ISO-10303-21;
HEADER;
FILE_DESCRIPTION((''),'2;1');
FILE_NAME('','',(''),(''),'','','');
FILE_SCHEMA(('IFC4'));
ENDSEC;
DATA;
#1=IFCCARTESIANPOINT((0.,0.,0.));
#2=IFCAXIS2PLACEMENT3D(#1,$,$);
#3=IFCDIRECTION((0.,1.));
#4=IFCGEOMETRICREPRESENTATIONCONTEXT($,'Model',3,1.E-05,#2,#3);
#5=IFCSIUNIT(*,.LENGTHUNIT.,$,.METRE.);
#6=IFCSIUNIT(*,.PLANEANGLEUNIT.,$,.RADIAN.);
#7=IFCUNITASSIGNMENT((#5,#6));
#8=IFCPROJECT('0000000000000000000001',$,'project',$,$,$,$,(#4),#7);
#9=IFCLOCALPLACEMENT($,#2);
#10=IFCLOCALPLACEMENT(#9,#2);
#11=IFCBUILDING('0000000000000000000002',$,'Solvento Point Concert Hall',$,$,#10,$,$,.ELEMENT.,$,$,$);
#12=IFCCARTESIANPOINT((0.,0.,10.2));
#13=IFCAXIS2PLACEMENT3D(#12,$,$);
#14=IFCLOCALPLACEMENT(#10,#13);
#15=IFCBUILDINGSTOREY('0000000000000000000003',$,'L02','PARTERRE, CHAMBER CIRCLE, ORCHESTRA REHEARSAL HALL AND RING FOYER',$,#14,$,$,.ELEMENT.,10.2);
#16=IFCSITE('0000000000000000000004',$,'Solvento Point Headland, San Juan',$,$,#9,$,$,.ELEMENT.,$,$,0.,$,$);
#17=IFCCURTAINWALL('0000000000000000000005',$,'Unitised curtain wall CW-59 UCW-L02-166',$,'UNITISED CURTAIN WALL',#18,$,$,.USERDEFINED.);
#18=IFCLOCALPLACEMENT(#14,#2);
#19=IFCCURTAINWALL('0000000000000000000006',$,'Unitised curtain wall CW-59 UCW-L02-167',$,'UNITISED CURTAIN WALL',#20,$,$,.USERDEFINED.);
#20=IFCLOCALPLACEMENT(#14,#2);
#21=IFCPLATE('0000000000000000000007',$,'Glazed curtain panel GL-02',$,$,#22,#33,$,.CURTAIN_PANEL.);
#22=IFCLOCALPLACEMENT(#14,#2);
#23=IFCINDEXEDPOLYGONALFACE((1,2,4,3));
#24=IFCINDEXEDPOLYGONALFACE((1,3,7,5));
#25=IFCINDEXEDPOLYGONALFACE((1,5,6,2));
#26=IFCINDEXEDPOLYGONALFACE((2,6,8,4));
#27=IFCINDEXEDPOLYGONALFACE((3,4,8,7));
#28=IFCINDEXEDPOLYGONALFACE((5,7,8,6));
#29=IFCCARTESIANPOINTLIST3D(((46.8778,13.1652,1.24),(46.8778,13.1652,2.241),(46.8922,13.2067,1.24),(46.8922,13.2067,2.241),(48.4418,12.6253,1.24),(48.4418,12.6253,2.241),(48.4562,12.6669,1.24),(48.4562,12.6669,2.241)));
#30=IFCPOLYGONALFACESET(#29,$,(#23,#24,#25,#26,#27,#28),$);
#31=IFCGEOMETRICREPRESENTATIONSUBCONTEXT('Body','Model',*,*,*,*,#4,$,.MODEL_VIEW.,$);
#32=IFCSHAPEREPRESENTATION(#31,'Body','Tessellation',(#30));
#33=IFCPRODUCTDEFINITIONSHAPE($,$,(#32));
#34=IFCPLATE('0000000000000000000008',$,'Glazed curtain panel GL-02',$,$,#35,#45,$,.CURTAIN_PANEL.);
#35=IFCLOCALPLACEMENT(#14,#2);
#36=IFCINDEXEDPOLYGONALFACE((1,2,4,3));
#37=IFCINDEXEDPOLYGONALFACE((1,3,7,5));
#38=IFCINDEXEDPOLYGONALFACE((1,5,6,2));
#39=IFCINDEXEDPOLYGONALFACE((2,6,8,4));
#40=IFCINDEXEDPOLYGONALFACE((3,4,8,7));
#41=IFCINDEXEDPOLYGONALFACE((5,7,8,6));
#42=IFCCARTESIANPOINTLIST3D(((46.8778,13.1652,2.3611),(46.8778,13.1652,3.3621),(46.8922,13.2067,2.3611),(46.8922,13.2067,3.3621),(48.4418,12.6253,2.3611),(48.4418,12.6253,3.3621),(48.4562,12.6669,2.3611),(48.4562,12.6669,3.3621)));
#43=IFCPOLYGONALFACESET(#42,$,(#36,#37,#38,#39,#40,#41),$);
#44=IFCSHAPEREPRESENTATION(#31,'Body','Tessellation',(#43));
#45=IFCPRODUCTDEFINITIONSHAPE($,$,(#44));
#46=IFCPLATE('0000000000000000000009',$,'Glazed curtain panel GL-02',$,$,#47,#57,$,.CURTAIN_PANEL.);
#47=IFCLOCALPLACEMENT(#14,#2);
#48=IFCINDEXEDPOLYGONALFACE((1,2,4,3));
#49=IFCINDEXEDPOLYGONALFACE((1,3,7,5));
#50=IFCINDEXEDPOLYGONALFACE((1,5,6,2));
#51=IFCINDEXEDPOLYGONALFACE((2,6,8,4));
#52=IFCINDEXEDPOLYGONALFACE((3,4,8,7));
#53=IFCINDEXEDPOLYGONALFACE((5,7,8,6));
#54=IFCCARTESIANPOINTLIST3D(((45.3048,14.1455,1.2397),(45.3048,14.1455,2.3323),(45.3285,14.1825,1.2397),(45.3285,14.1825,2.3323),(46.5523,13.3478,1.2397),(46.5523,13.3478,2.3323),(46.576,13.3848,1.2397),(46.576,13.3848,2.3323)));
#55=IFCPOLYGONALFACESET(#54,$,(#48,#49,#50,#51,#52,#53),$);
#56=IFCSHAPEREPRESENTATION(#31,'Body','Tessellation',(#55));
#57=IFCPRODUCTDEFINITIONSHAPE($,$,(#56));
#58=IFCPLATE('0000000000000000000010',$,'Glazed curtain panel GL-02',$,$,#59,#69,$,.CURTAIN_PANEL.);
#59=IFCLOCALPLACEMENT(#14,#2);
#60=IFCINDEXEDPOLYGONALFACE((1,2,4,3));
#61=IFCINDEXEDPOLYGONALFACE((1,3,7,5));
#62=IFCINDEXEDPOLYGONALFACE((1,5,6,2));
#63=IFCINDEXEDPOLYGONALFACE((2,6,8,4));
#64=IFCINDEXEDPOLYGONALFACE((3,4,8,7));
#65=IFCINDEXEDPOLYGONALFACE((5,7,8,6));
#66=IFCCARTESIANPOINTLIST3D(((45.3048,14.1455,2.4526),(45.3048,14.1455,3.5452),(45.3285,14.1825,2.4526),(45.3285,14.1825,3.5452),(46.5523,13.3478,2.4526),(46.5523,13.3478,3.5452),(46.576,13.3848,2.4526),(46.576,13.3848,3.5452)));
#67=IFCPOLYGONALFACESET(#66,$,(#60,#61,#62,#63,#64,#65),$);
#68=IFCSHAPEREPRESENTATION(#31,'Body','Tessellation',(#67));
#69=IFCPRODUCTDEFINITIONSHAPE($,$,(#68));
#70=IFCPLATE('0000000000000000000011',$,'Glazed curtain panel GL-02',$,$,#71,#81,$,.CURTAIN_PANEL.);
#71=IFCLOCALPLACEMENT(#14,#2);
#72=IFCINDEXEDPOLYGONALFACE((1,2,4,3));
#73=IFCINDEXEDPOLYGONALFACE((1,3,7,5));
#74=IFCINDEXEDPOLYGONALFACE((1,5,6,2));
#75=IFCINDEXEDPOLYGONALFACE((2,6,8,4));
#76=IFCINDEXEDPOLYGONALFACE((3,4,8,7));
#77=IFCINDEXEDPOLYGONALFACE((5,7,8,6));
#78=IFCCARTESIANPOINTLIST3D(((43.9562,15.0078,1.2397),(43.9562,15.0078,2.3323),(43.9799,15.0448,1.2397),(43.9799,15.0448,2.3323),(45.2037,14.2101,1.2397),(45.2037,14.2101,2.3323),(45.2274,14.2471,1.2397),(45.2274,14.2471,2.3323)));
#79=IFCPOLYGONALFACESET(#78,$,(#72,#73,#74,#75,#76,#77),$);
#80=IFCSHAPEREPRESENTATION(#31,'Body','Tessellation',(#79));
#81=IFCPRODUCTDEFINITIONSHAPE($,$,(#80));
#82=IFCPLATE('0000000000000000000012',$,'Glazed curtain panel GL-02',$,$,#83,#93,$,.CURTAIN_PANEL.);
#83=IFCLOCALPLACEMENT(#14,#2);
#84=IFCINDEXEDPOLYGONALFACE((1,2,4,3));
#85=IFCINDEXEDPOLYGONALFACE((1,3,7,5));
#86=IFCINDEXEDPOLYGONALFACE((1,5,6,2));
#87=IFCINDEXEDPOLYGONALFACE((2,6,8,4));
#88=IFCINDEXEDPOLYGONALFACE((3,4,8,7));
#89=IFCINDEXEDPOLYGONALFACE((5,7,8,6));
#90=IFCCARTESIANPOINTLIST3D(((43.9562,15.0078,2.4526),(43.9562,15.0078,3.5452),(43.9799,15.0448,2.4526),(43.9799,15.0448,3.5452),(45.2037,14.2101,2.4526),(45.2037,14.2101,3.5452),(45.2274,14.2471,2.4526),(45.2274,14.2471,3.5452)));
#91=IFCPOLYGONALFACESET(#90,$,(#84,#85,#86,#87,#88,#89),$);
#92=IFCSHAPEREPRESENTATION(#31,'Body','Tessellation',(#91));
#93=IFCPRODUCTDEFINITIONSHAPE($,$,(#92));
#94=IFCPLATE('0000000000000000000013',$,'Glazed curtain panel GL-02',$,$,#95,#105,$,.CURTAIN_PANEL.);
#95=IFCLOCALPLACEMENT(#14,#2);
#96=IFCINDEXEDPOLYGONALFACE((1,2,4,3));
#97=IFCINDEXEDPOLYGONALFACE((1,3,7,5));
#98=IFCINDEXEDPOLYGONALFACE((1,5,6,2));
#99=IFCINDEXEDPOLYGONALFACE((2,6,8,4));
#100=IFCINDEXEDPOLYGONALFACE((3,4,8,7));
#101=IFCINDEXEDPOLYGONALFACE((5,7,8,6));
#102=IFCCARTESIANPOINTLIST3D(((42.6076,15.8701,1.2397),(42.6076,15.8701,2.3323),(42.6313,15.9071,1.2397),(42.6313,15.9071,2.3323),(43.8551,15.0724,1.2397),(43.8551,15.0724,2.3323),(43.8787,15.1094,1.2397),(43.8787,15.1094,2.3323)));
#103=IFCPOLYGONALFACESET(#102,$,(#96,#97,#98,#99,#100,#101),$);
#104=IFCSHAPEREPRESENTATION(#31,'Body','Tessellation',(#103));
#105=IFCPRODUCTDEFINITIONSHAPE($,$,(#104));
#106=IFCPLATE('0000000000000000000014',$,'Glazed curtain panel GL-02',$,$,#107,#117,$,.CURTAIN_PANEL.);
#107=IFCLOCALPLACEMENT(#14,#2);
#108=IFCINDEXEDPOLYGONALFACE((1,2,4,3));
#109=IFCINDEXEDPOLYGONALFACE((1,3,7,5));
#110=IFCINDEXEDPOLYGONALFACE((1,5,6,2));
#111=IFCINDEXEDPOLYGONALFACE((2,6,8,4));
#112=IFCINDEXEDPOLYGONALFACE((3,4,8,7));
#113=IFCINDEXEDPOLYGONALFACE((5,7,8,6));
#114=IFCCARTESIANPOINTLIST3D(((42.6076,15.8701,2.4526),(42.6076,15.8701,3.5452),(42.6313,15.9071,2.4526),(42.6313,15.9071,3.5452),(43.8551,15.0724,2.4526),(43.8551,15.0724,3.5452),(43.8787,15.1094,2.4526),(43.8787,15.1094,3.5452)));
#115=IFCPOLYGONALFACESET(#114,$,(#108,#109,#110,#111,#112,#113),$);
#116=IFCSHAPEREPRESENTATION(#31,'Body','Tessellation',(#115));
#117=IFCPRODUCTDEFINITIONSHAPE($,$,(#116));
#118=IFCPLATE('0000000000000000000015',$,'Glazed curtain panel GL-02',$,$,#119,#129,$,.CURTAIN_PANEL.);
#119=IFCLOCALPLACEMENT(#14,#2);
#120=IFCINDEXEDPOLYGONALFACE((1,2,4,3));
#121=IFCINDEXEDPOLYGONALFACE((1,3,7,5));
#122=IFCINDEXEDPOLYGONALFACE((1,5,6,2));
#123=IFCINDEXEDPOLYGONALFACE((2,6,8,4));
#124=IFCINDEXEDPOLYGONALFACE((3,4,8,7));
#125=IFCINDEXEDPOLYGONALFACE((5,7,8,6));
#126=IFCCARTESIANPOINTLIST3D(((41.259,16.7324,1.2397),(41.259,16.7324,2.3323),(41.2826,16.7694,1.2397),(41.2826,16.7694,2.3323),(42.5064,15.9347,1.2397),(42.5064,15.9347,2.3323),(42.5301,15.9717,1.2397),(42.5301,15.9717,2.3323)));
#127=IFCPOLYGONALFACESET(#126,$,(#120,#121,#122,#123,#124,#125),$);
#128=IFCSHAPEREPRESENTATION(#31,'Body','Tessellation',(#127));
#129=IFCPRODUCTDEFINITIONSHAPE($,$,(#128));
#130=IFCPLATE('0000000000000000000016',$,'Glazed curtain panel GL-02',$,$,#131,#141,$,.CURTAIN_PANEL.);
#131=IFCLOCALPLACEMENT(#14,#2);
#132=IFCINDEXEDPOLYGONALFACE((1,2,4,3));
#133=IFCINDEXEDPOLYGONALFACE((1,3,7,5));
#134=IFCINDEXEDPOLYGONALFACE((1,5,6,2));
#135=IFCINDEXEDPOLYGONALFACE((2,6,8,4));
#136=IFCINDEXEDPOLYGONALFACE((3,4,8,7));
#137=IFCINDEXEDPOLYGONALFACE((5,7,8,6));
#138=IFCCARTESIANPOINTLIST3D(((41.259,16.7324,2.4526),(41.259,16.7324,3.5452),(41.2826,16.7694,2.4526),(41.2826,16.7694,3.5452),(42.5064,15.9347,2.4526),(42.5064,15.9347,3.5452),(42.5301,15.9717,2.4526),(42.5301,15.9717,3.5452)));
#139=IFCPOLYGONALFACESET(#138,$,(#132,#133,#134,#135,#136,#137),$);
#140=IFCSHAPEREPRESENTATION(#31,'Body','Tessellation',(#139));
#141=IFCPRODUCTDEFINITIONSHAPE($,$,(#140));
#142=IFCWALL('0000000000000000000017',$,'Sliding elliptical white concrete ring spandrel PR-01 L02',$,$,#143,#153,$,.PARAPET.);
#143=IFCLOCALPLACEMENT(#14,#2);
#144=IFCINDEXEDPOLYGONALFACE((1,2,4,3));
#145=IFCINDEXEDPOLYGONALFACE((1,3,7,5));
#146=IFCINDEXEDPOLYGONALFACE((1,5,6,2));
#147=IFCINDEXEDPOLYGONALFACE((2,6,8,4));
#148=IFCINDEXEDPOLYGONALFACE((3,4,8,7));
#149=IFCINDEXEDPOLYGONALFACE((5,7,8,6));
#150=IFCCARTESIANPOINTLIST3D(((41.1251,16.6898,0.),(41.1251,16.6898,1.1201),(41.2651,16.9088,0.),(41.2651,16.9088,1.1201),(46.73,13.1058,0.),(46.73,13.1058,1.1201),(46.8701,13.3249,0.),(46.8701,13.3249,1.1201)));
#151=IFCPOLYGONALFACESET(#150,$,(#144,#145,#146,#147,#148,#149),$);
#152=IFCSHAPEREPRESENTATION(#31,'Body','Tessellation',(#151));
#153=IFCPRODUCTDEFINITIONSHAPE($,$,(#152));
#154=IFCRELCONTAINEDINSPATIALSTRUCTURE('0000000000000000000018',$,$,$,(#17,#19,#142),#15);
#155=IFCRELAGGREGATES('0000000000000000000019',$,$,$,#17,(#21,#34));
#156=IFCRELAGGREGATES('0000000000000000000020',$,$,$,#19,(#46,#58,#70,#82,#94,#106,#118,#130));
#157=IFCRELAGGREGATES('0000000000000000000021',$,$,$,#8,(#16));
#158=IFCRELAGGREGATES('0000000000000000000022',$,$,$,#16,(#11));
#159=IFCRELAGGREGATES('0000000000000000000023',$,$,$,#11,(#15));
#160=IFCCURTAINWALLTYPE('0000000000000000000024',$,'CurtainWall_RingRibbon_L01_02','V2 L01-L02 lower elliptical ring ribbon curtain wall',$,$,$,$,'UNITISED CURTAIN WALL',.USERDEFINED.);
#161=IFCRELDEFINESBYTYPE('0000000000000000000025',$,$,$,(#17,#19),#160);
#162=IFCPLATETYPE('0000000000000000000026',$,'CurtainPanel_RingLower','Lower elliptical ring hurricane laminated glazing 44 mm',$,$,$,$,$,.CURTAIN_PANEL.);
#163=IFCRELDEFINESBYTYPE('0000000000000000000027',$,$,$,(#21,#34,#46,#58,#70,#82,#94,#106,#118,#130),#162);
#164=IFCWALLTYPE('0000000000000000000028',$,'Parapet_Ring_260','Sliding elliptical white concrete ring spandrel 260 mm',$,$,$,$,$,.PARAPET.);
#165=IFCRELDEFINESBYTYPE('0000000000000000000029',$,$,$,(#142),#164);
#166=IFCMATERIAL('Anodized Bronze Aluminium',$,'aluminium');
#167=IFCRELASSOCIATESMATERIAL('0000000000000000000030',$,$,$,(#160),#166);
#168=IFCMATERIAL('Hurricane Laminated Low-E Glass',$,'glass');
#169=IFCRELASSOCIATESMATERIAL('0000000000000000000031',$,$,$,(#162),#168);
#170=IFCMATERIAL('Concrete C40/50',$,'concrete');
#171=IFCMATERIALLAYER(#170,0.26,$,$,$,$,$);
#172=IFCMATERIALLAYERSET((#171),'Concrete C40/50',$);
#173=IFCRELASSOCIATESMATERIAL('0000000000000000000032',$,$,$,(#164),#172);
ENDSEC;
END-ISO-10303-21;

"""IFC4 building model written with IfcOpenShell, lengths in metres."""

from ifc_helpers import new_model, si_unit, direction, frame, frame_2d, origin, origin_2d, place, context, subcontext, project, spatial, rectangle, extrude, material, layer, layer_set, type_object, element, aggregate, save


model = new_model("IFC4")

# Units and contexts
model_context = context("Model", 3, precision=1e-05, world=origin(), true_north=direction((0.0, 1.0)))
body_context = subcontext(model_context, "Body", "Model", "MODEL_VIEW")
ifc_project = project(units=[si_unit("LENGTHUNIT", "METRE"), si_unit("PLANEANGLEUNIT", "RADIAN")], contexts=[model_context])

# Site, building, storey
site_placement = place(None, origin())
site = spatial("IfcSite", under=ifc_project, at=site_placement, Name="Solvento Point Headland, San Juan", CompositionType="ELEMENT", RefElevation=0.0)
building_placement = place(site_placement, origin())
building = spatial("IfcBuilding", under=site, at=building_placement, Name="Solvento Point Concert Hall", CompositionType="ELEMENT")
storey_placement = place(building_placement, frame((0.0, 0.0, 10.2)))
storey = spatial("IfcBuildingStorey", under=building, at=storey_placement, Name="L02", Description="PARTERRE, CHAMBER CIRCLE, ORCHESTRA REHEARSAL HALL AND RING FOYER", CompositionType="ELEMENT", Elevation=10.2)

# Curtain walls
ifc_material_1 = material(Name="Anodized Bronze Aluminium", Category="aluminium")
curtain_wall_type = type_object("IfcCurtainWallType", Name="CurtainWall_RingRibbon_L01_02", Description="V2 L01-L02 lower elliptical ring ribbon curtain wall", ElementType="UNITISED CURTAIN WALL", PredefinedType="USERDEFINED", material=ifc_material_1)
curtain_wall_1_placement = place(storey_placement, origin())
curtain_wall_1 = element("IfcCurtainWall", 1, at=curtain_wall_1_placement, inside=storey, type_object=curtain_wall_type, Name="Unitised curtain wall CW-59 UCW-L02-166", ObjectType="UNITISED CURTAIN WALL", PredefinedType="USERDEFINED")
curtain_wall_2_placement = place(storey_placement, origin())
curtain_wall_2 = element("IfcCurtainWall", 2, at=curtain_wall_2_placement, inside=storey, type_object=curtain_wall_type, Name="Unitised curtain wall CW-59 UCW-L02-167", ObjectType="UNITISED CURTAIN WALL", PredefinedType="USERDEFINED")

# Plates
ifc_material_2 = material(Name="Hurricane Laminated Low-E Glass", Category="glass")
plate_type = type_object("IfcPlateType", Name="CurtainPanel_RingLower", Description="Lower elliptical ring hurricane laminated glazing 44 mm", PredefinedType="CURTAIN_PANEL", material=ifc_material_2)
plate_1_placement = place(storey_placement, frame((47.667, 12.916, 1.24), z_axis=(0.0, 0.0, 1.0), x_axis=(-0.945271, 0.326286, 0.0)))
plate_1 = element("IfcPlate", 3, at=plate_1_placement, type_object=plate_type, Name="Glazed curtain panel GL-02", PredefinedType="CURTAIN_PANEL", context=body_context, shape_type="SweptSolid", body=[
    extrude(rectangle(XDim=1.6545, YDim=0.0439, at=origin_2d()), origin(), (0.0, 0.0, 1.0), 1.001),
])
plate_2_placement = place(storey_placement, frame((47.667, 12.916, 2.3611), z_axis=(0.0, 0.0, 1.0), x_axis=(-0.945271, 0.326286, 0.0)))
plate_2 = element("IfcPlate", 4, at=plate_2_placement, type_object=plate_type, Name="Glazed curtain panel GL-02", PredefinedType="CURTAIN_PANEL", context=body_context, shape_type="SweptSolid", body=[
    extrude(rectangle(XDim=1.6545, YDim=0.0439, at=origin_2d()), origin(), (0.0, 0.0, 1.0), 1.001),
])
aggregate(curtain_wall_1, [plate_1, plate_2])
plate_3_placement = place(storey_placement, frame((45.9404, 13.7651, 1.2397), z_axis=(0.0, 0.0, 1.0), x_axis=(-0.84249, 0.538712, 0.0)))
plate_3 = element("IfcPlate", 5, at=plate_3_placement, type_object=plate_type, Name="Glazed curtain panel GL-02", PredefinedType="CURTAIN_PANEL", context=body_context, shape_type="SweptSolid", body=[
    extrude(rectangle(XDim=1.4807, YDim=0.0439, at=origin_2d()), origin(), (0.0, 0.0, 1.0), 1.0925),
])
plate_4_placement = place(storey_placement, frame((45.9404, 13.7651, 2.4526), z_axis=(0.0, 0.0, 1.0), x_axis=(-0.84249, 0.538712, 0.0)))
plate_4 = element("IfcPlate", 6, at=plate_4_placement, type_object=plate_type, Name="Glazed curtain panel GL-02", PredefinedType="CURTAIN_PANEL", context=body_context, shape_type="SweptSolid", body=[
    extrude(rectangle(XDim=1.4807, YDim=0.0439, at=origin_2d()), origin(), (0.0, 0.0, 1.0), 1.0925),
])
plate_5_placement = place(storey_placement, frame((44.5918, 14.6274, 1.2397), z_axis=(0.0, 0.0, 1.0), x_axis=(-0.84249, 0.538712, 0.0)))
plate_5 = element("IfcPlate", 7, at=plate_5_placement, type_object=plate_type, Name="Glazed curtain panel GL-02", PredefinedType="CURTAIN_PANEL", context=body_context, shape_type="SweptSolid", body=[
    extrude(rectangle(XDim=1.4807, YDim=0.0439, at=origin_2d()), origin(), (0.0, 0.0, 1.0), 1.0925),
])
plate_6_placement = place(storey_placement, frame((44.5918, 14.6274, 2.4526), z_axis=(0.0, 0.0, 1.0), x_axis=(-0.84249, 0.538712, 0.0)))
plate_6 = element("IfcPlate", 8, at=plate_6_placement, type_object=plate_type, Name="Glazed curtain panel GL-02", PredefinedType="CURTAIN_PANEL", context=body_context, shape_type="SweptSolid", body=[
    extrude(rectangle(XDim=1.4807, YDim=0.0439, at=origin_2d()), origin(), (0.0, 0.0, 1.0), 1.0925),
])
plate_7_placement = place(storey_placement, frame((43.2432, 15.4897, 1.2397), z_axis=(0.0, 0.0, 1.0), x_axis=(-0.84249, 0.538712, 0.0)))
plate_7 = element("IfcPlate", 9, at=plate_7_placement, type_object=plate_type, Name="Glazed curtain panel GL-02", PredefinedType="CURTAIN_PANEL", context=body_context, shape_type="SweptSolid", body=[
    extrude(rectangle(XDim=1.4807, YDim=0.0439, at=origin_2d()), origin(), (0.0, 0.0, 1.0), 1.0925),
])
plate_8_placement = place(storey_placement, frame((43.2432, 15.4897, 2.4526), z_axis=(0.0, 0.0, 1.0), x_axis=(-0.84249, 0.538712, 0.0)))
plate_8 = element("IfcPlate", 10, at=plate_8_placement, type_object=plate_type, Name="Glazed curtain panel GL-02", PredefinedType="CURTAIN_PANEL", context=body_context, shape_type="SweptSolid", body=[
    extrude(rectangle(XDim=1.4807, YDim=0.0439, at=origin_2d()), origin(), (0.0, 0.0, 1.0), 1.0925),
])
plate_9_placement = place(storey_placement, frame((41.8945, 16.3521, 1.2397), z_axis=(0.0, 0.0, 1.0), x_axis=(-0.84249, 0.538712, 0.0)))
plate_9 = element("IfcPlate", 11, at=plate_9_placement, type_object=plate_type, Name="Glazed curtain panel GL-02", PredefinedType="CURTAIN_PANEL", context=body_context, shape_type="SweptSolid", body=[
    extrude(rectangle(XDim=1.4807, YDim=0.0439, at=origin_2d()), origin(), (0.0, 0.0, 1.0), 1.0925),
])
plate_10_placement = place(storey_placement, frame((41.8945, 16.3521, 2.4526), z_axis=(0.0, 0.0, 1.0), x_axis=(-0.84249, 0.538712, 0.0)))
plate_10 = element("IfcPlate", 12, at=plate_10_placement, type_object=plate_type, Name="Glazed curtain panel GL-02", PredefinedType="CURTAIN_PANEL", context=body_context, shape_type="SweptSolid", body=[
    extrude(rectangle(XDim=1.4807, YDim=0.0439, at=origin_2d()), origin(), (0.0, 0.0, 1.0), 1.0925),
])
aggregate(curtain_wall_2, [plate_3, plate_4, plate_5, plate_6, plate_7, plate_8, plate_9, plate_10])

# Wall
ifc_material_3 = material(Name="Concrete C40/50", Category="concrete")
ifc_layer = layer(ifc_material_3, 0.26)
ifc_layer_set = layer_set([ifc_layer], Name="Concrete C40/50")
wall_type = type_object("IfcWallType", Name="Parapet_Ring_260", Description="Sliding elliptical white concrete ring spandrel 260 mm", PredefinedType="PARAPET", material=ifc_layer_set)
wall_placement = place(storey_placement, frame((46.8, 13.2153, 0.0), z_axis=(0.0, 0.0, 1.0), x_axis=(-0.84249, 0.538712, 0.0)))
element("IfcWall", 13, at=wall_placement, inside=storey, type_object=wall_type, Name="Sliding elliptical white concrete ring spandrel PR-01 L02", PredefinedType="PARAPET", context=body_context, shape_type="SweptSolid", body=[
    extrude(rectangle(XDim=6.6528, YDim=0.26, at=frame_2d((3.3264, 0.0))), origin(), (0.0, 0.0, 1.0), 1.1201),
])

save(model, "model.ifc")
